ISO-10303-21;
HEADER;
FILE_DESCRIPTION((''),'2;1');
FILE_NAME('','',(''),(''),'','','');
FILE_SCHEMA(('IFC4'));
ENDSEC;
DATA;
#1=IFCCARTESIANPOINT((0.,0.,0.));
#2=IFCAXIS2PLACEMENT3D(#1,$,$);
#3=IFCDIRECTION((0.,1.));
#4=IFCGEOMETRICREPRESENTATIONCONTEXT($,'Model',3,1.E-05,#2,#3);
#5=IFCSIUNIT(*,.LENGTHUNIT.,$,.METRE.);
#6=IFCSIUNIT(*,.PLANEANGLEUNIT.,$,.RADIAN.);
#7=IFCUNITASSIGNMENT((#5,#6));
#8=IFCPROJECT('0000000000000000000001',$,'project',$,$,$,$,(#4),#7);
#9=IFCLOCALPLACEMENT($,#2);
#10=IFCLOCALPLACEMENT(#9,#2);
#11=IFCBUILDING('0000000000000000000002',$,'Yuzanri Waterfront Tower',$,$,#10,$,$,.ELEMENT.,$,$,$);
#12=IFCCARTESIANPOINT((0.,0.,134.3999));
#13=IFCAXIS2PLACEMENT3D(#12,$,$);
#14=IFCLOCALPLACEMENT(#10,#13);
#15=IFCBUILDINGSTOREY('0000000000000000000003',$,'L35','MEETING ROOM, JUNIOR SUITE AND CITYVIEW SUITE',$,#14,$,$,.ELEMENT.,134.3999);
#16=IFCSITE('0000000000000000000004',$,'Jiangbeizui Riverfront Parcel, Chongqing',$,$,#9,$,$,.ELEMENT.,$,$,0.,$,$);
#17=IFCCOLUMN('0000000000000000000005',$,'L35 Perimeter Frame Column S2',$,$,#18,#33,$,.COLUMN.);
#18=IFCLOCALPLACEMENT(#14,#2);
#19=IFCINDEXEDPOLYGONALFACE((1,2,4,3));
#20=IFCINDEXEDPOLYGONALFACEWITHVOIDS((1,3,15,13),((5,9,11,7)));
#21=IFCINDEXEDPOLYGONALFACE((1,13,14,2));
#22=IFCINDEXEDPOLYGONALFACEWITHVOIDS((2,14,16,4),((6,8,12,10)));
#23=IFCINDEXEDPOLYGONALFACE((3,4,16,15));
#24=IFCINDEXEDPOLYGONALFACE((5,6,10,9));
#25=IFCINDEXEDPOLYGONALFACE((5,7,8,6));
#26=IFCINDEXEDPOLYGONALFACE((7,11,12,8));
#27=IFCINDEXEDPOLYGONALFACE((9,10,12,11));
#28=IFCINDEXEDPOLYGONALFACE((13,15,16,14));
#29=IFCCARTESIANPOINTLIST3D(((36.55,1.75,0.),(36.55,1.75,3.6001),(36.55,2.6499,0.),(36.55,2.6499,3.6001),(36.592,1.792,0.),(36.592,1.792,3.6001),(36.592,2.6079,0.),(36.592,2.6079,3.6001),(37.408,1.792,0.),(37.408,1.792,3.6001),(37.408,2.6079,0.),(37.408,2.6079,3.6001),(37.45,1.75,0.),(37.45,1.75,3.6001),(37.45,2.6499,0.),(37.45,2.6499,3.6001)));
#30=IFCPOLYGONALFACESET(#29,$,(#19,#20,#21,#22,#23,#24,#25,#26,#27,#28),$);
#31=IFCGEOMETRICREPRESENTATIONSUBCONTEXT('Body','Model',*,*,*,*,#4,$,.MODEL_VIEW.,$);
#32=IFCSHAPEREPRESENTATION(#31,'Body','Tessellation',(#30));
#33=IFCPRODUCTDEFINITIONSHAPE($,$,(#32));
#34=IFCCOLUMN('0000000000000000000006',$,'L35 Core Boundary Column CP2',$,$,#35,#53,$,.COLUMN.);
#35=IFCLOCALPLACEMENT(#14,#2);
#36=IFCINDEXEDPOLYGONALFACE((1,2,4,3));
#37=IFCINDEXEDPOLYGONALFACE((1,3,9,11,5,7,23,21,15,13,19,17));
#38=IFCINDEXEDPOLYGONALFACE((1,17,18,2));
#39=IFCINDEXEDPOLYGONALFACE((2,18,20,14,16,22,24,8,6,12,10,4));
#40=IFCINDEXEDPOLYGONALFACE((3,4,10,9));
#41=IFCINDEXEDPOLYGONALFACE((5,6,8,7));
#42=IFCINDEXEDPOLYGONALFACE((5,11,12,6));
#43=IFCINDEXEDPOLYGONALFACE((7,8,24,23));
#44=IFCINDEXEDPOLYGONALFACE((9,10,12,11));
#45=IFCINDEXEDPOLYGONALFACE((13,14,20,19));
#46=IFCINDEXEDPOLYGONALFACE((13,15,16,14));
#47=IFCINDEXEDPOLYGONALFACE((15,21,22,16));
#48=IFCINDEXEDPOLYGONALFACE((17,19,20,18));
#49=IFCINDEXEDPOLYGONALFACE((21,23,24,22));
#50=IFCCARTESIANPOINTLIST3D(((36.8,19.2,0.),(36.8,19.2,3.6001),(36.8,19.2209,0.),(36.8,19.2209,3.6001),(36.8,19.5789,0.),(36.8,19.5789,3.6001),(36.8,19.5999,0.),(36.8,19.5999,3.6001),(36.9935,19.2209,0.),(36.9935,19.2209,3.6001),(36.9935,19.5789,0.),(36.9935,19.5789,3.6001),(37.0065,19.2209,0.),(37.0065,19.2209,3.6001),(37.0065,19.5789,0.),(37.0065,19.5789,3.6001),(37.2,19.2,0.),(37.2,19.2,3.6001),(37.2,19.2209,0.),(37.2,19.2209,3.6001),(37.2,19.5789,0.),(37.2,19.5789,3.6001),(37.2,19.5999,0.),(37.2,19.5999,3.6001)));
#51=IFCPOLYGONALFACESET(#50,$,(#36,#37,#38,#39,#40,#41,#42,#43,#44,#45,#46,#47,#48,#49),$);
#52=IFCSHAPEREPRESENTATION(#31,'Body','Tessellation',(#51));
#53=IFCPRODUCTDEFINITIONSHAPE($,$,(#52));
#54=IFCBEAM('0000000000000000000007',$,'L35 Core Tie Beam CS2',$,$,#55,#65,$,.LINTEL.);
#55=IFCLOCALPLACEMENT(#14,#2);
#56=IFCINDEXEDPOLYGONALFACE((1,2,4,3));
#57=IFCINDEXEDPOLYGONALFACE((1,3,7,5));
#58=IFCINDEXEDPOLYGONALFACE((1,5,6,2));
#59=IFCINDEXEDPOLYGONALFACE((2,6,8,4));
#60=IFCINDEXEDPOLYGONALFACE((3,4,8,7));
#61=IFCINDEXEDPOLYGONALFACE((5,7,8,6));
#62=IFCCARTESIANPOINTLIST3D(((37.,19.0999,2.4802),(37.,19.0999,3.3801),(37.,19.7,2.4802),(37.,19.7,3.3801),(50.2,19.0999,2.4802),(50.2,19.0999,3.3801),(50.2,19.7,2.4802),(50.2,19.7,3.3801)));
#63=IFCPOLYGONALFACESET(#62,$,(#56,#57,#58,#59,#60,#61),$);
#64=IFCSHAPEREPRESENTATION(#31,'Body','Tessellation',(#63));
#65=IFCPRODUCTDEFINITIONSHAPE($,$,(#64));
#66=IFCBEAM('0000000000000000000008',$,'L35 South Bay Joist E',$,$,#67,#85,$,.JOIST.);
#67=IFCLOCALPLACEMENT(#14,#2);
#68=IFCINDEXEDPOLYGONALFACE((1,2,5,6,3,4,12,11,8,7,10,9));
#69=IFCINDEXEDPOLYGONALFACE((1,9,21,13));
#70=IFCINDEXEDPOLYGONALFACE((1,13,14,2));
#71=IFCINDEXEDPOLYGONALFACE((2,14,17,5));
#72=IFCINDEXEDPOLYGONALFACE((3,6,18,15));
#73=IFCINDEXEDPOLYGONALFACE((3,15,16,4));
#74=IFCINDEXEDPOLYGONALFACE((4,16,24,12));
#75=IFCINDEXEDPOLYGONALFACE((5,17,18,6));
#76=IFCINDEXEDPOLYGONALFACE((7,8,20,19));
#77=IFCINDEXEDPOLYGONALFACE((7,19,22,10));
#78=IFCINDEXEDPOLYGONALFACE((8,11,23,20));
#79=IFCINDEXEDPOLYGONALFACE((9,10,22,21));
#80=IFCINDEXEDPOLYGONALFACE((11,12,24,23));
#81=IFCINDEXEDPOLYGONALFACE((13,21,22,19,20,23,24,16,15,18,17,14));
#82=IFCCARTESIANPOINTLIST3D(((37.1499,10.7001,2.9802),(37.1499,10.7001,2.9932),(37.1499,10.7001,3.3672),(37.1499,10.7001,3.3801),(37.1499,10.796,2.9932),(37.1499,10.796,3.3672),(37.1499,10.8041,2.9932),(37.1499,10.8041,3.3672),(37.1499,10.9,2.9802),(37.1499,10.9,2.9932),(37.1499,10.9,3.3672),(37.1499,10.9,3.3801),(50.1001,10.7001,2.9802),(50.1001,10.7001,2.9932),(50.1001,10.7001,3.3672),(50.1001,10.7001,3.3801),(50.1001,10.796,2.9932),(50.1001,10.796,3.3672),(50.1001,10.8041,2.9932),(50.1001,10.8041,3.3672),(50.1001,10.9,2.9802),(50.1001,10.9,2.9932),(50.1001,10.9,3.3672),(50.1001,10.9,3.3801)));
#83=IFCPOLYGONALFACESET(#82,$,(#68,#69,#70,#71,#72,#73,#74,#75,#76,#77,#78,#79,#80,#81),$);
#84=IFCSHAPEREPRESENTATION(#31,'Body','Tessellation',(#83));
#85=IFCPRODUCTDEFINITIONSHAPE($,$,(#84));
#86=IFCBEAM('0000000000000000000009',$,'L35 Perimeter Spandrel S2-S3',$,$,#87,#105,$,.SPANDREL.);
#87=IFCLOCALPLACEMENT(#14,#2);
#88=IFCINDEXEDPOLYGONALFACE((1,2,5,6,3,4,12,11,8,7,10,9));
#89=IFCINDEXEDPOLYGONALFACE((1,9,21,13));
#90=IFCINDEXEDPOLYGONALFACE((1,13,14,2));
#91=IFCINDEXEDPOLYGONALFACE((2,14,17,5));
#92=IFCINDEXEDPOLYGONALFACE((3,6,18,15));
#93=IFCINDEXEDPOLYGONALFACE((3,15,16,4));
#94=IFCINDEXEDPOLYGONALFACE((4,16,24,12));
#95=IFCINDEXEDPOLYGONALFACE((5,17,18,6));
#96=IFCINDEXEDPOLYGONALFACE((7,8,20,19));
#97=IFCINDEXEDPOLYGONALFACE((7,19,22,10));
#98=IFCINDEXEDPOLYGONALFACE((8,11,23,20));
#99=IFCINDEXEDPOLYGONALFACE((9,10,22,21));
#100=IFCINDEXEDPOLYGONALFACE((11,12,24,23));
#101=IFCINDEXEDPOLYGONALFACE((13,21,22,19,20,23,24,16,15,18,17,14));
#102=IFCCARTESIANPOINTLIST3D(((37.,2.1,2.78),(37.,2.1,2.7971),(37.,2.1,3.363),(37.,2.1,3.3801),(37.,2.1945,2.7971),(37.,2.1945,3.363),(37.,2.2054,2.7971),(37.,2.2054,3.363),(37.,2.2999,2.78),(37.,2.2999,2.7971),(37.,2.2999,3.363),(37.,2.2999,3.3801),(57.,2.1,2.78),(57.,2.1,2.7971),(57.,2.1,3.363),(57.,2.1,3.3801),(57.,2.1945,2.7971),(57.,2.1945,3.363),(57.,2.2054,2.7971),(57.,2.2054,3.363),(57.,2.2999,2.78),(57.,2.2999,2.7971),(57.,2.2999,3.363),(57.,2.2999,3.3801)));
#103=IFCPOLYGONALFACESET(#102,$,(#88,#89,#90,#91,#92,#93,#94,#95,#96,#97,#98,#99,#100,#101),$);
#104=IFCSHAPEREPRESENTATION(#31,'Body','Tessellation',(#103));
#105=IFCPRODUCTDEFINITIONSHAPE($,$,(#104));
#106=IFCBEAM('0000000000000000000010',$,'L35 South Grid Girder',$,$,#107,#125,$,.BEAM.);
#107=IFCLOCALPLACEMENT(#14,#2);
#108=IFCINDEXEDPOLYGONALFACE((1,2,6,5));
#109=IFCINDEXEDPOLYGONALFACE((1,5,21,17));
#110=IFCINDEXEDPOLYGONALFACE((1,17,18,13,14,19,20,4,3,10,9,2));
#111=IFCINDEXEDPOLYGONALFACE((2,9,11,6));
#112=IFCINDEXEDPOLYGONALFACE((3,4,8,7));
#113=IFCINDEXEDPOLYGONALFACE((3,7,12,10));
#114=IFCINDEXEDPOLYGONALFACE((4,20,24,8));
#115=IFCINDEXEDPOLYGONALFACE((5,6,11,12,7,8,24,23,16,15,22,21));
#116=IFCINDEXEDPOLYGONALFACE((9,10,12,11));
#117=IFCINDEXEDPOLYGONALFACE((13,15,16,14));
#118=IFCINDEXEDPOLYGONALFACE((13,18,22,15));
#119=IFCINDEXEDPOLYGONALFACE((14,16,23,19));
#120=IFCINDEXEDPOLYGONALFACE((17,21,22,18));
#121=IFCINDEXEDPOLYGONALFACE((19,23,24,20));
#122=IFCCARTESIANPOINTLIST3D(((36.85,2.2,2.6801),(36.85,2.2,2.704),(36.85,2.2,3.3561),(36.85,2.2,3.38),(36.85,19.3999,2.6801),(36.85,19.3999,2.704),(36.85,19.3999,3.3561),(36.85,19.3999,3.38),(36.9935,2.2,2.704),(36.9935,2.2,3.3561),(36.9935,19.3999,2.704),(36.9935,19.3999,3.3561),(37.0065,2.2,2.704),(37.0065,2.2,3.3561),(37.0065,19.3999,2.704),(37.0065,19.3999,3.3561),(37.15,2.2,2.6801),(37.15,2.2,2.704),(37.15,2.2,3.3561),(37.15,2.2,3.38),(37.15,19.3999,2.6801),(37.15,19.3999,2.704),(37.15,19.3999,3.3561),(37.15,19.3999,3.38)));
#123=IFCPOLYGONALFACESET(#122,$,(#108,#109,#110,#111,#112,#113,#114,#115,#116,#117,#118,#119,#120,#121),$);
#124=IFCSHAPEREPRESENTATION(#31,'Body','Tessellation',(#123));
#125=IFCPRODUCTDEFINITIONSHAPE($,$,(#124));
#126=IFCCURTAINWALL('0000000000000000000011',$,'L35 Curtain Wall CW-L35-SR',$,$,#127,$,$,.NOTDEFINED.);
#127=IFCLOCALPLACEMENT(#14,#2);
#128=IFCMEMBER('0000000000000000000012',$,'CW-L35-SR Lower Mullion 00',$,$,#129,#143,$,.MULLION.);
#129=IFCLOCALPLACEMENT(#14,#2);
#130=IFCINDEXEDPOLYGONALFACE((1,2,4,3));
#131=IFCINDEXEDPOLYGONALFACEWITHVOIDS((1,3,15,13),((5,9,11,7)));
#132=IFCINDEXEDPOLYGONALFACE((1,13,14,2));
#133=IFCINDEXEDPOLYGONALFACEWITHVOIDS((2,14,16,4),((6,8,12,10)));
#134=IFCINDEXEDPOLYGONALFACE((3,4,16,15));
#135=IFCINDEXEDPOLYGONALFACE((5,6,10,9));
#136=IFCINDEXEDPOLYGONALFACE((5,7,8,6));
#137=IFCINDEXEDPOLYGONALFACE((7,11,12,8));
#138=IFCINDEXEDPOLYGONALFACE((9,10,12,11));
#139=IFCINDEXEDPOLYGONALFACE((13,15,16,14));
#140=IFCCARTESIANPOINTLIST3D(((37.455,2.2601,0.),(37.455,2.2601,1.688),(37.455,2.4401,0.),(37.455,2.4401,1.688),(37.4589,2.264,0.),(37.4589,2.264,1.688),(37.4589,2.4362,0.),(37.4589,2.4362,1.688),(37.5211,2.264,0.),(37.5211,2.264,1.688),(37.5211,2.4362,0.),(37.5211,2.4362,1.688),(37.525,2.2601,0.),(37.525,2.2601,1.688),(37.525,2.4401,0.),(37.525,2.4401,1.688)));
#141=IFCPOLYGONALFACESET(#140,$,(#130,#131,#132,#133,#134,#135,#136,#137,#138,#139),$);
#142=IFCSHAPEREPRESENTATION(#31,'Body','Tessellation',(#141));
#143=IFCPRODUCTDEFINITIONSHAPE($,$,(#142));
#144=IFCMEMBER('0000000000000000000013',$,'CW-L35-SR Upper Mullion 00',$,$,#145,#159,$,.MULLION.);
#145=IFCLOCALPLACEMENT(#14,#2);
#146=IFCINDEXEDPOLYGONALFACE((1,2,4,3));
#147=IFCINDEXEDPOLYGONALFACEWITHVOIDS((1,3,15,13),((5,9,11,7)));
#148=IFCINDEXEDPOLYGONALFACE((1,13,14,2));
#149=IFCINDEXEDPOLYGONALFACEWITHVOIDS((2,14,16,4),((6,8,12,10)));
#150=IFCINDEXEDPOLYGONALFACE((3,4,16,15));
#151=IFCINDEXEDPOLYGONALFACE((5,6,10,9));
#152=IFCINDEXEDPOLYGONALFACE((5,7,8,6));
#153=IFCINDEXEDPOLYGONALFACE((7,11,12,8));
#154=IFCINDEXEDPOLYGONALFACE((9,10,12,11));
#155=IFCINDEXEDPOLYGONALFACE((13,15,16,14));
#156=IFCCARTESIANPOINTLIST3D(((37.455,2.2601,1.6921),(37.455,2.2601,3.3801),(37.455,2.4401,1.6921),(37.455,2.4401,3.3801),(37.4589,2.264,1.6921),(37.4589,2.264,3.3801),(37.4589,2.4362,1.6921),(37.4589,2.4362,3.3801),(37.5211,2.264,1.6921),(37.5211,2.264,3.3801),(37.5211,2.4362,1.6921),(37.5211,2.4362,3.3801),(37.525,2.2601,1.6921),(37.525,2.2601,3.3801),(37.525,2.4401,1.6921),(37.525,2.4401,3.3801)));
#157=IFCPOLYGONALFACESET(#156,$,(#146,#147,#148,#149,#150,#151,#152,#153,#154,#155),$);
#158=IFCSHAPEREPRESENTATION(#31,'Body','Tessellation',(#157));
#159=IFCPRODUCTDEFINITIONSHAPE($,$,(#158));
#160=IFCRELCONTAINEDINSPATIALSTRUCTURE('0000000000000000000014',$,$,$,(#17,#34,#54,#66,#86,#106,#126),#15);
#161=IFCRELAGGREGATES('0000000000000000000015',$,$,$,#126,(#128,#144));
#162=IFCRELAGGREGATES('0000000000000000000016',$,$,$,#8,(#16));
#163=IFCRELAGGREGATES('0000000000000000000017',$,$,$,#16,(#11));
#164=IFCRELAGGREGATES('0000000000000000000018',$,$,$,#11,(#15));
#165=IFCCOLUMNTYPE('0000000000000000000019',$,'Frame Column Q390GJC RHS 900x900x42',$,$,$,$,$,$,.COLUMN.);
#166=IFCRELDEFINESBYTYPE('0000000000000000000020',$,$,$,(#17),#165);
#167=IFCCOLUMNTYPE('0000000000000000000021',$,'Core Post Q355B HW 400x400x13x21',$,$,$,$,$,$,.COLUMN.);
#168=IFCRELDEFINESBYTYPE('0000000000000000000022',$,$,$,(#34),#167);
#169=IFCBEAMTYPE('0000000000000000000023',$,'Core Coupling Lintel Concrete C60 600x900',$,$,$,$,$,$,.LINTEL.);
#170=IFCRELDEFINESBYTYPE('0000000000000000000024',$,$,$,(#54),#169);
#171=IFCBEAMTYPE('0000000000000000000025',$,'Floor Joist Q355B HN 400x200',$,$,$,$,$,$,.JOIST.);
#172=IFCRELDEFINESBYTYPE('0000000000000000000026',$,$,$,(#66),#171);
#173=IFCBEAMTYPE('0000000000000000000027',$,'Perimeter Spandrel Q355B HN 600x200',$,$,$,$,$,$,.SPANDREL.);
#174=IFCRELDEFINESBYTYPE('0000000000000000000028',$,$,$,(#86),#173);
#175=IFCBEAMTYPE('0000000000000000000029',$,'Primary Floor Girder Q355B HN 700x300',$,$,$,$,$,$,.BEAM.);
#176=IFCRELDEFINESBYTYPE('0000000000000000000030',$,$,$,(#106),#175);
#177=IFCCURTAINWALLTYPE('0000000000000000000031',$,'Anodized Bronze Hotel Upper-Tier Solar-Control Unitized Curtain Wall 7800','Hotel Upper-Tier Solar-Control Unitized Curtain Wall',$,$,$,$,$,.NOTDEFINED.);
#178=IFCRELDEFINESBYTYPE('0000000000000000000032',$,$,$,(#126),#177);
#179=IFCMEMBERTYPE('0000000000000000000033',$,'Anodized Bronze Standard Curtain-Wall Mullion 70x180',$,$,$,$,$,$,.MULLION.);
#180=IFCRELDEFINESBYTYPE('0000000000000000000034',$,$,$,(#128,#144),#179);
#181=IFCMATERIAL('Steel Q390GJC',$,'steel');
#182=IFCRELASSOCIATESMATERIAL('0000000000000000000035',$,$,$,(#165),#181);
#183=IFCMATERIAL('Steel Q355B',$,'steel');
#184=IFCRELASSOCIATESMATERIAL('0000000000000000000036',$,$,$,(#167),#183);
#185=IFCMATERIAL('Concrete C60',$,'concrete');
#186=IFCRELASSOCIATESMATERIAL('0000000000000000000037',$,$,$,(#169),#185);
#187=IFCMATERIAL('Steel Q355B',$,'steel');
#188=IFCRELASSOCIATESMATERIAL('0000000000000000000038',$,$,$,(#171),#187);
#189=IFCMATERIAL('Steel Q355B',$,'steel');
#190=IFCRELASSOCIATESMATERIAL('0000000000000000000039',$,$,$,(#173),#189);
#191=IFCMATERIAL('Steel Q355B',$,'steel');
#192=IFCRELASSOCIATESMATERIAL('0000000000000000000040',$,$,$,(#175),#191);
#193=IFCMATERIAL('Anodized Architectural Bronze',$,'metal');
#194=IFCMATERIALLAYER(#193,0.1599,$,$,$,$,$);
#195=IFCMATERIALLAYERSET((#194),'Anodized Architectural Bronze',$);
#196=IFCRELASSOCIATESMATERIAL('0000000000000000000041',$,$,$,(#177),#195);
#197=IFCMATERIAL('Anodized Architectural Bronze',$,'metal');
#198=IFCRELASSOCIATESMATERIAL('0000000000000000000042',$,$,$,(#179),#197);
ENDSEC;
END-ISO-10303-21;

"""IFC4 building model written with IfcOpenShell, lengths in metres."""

from ifc_helpers import new_model, si_unit, direction, frame, origin, origin_2d, place, context, subcontext, project, spatial, rectangle, hollow_rectangle, i_section, extrude, source, transform, mapped, material, layer, layer_set, material_profile, profile_set, type_object, element, aggregate, save


model = new_model("IFC4")

# Units and contexts
model_context = context("Model", 3, precision=1e-05, world=origin(), true_north=direction((0.0, 1.0)))
body_context = subcontext(model_context, "Body", "Model", "MODEL_VIEW")
ifc_project = project(units=[si_unit("LENGTHUNIT", "METRE"), si_unit("PLANEANGLEUNIT", "RADIAN")], contexts=[model_context])

# Site, building, storey
site_placement = place(None, origin())
site = spatial("IfcSite", under=ifc_project, at=site_placement, Name="Jiangbeizui Riverfront Parcel, Chongqing", CompositionType="ELEMENT", RefElevation=0.0)
building_placement = place(site_placement, origin())
building = spatial("IfcBuilding", under=site, at=building_placement, Name="Yuzanri Waterfront Tower", CompositionType="ELEMENT")
storey_placement = place(building_placement, frame((0.0, 0.0, 134.3999)))
storey = spatial("IfcBuildingStorey", under=building, at=storey_placement, Name="L35", Description="MEETING ROOM, JUNIOR SUITE AND CITYVIEW SUITE", CompositionType="ELEMENT", Elevation=134.3999)

# Columns
ifc_material_1 = material(Name="Steel Q390GJC", Category="steel")
ifc_material_profile_1 = material_profile(ifc_material_1, hollow_rectangle(XDim=0.8999, YDim=0.8999, WallThickness=0.042, at=origin_2d()), Name="RHS 900x900x42")
ifc_profile_set_1 = profile_set([ifc_material_profile_1], Name="Steel Q390GJC")
column_type_1 = type_object("IfcColumnType", Name="Frame Column Q390GJC RHS 900x900x42", PredefinedType="COLUMN", material=ifc_profile_set_1)
shared_shape_1 = source(origin(), body_context, "Body", "SweptSolid", [
    extrude(hollow_rectangle(XDim=0.8999, YDim=0.8999, WallThickness=0.042, at=origin_2d()), origin(), (0.0, 0.0, 1.0), 3.6001),
])
column_1_placement = place(storey_placement, frame((37.0, 2.2, 0.0), z_axis=(0.0, 0.0, 1.0), x_axis=(1.0, 0.0, 0.0)))
element("IfcColumn", 1, at=column_1_placement, inside=storey, type_object=column_type_1, Name="L35 Perimeter Frame Column S2", PredefinedType="COLUMN", context=body_context, shape_type="MappedRepresentation", body=[
    mapped(shared_shape_1, transform((0.0, 0.0, 0.0), scale=1.0)),
])
ifc_material_2 = material(Name="Steel Q355B", Category="steel")
ifc_material_profile_2 = material_profile(ifc_material_2, i_section(OverallWidth=0.3999, OverallDepth=0.3999, WebThickness=0.0129, FlangeThickness=0.021, at=origin_2d()), Name="HW 400x400x13x21")
ifc_profile_set_2 = profile_set([ifc_material_profile_2], Name="Steel Q355B")
column_type_2 = type_object("IfcColumnType", Name="Core Post Q355B HW 400x400x13x21", PredefinedType="COLUMN", material=ifc_profile_set_2)
shared_shape_2 = source(origin(), body_context, "Body", "SweptSolid", [
    extrude(i_section(OverallWidth=0.3999, OverallDepth=0.3999, WebThickness=0.0129, FlangeThickness=0.021, at=origin_2d()), origin(), (0.0, 0.0, 1.0), 3.6001),
])
column_2_placement = place(storey_placement, frame((37.0, 19.3999, 0.0), z_axis=(0.0, 0.0, 1.0), x_axis=(1.0, 0.0, 0.0)))
element("IfcColumn", 2, at=column_2_placement, inside=storey, type_object=column_type_2, Name="L35 Core Boundary Column CP2", PredefinedType="COLUMN", context=body_context, shape_type="MappedRepresentation", body=[
    mapped(shared_shape_2, transform((0.0, 0.0, 0.0), scale=1.0)),
])

# Beams
ifc_material_3 = material(Name="Concrete C60", Category="concrete")
ifc_material_profile_3 = material_profile(ifc_material_3, rectangle(XDim=0.6001, YDim=0.8999, at=origin_2d()), Name="RC 600x900")
ifc_profile_set_3 = profile_set([ifc_material_profile_3], Name="Concrete C60")
beam_type_1 = type_object("IfcBeamType", Name="Core Coupling Lintel Concrete C60 600x900", PredefinedType="LINTEL", material=ifc_profile_set_3)
shared_shape_3 = source(origin(), body_context, "Body", "SweptSolid", [
    extrude(rectangle(XDim=0.6001, YDim=0.8999, at=origin_2d()), origin(), (0.0, 0.0, 1.0), 13.2),
])
beam_1_placement = place(storey_placement, frame((37.0, 19.3999, 2.9302), z_axis=(1.0, 0.0, 0.0), x_axis=(0.0, 1.0, 0.0)))
element("IfcBeam", 3, at=beam_1_placement, inside=storey, type_object=beam_type_1, Name="L35 Core Tie Beam CS2", PredefinedType="LINTEL", context=body_context, shape_type="MappedRepresentation", body=[
    mapped(shared_shape_3, transform((0.0, 0.0, 0.0), scale=1.0)),
])
ifc_material_4 = material(Name="Steel Q355B", Category="steel")
ifc_material_profile_4 = material_profile(ifc_material_4, i_section(OverallWidth=0.2, OverallDepth=0.3999, WebThickness=0.0081, FlangeThickness=0.0129, at=origin_2d()), Name="HN 400x200x8x13")
ifc_profile_set_4 = profile_set([ifc_material_profile_4], Name="Steel Q355B")
beam_type_2 = type_object("IfcBeamType", Name="Floor Joist Q355B HN 400x200", PredefinedType="JOIST", material=ifc_profile_set_4)
shared_shape_4 = source(origin(), body_context, "Body", "SweptSolid", [
    extrude(i_section(OverallWidth=0.2, OverallDepth=0.3999, WebThickness=0.0081, FlangeThickness=0.0129, at=origin_2d()), origin(), (0.0, 0.0, 1.0), 12.9502),
])
beam_2_placement = place(storey_placement, frame((37.1499, 10.8, 3.1802), z_axis=(1.0, 0.0, 0.0), x_axis=(0.0, 1.0, 0.0)))
element("IfcBeam", 4, at=beam_2_placement, inside=storey, type_object=beam_type_2, Name="L35 South Bay Joist E", PredefinedType="JOIST", context=body_context, shape_type="MappedRepresentation", body=[
    mapped(shared_shape_4, transform((0.0, 0.0, 0.0), scale=1.0)),
])
ifc_material_5 = material(Name="Steel Q355B", Category="steel")
ifc_material_profile_5 = material_profile(ifc_material_5, i_section(OverallWidth=0.2, OverallDepth=0.6001, WebThickness=0.011, FlangeThickness=0.0171, at=origin_2d()), Name="HN 600x200x11x17")
ifc_profile_set_5 = profile_set([ifc_material_profile_5], Name="Steel Q355B")
beam_type_3 = type_object("IfcBeamType", Name="Perimeter Spandrel Q355B HN 600x200", PredefinedType="SPANDREL", material=ifc_profile_set_5)
shared_shape_5 = source(origin(), body_context, "Body", "SweptSolid", [
    extrude(i_section(OverallWidth=0.2, OverallDepth=0.6001, WebThickness=0.011, FlangeThickness=0.0171, at=origin_2d()), origin(), (0.0, 0.0, 1.0), 20.0),
])
beam_3_placement = place(storey_placement, frame((37.0, 2.2, 3.0801), z_axis=(1.0, 0.0, 0.0), x_axis=(0.0, 1.0, 0.0)))
element("IfcBeam", 5, at=beam_3_placement, inside=storey, type_object=beam_type_3, Name="L35 Perimeter Spandrel S2-S3", PredefinedType="SPANDREL", context=body_context, shape_type="MappedRepresentation", body=[
    mapped(shared_shape_5, transform((0.0, 0.0, 0.0), scale=1.0)),
])
ifc_material_6 = material(Name="Steel Q355B", Category="steel")
ifc_material_profile_6 = material_profile(ifc_material_6, i_section(OverallWidth=0.3, OverallDepth=0.7, WebThickness=0.0129, FlangeThickness=0.0239, at=origin_2d()), Name="HN 700x300x13x24")
ifc_profile_set_6 = profile_set([ifc_material_profile_6], Name="Steel Q355B")
beam_type_4 = type_object("IfcBeamType", Name="Primary Floor Girder Q355B HN 700x300", PredefinedType="BEAM", material=ifc_profile_set_6)
shared_shape_6 = source(origin(), body_context, "Body", "SweptSolid", [
    extrude(i_section(OverallWidth=0.3, OverallDepth=0.7, WebThickness=0.0129, FlangeThickness=0.0239, at=origin_2d()), origin(), (0.0, 0.0, 1.0), 17.2),
])
beam_4_placement = place(storey_placement, frame((37.0, 19.3999, 3.03), z_axis=(0.0, -1.0, 0.0), x_axis=(1.0, 0.0, 0.0)))
element("IfcBeam", 6, at=beam_4_placement, inside=storey, type_object=beam_type_4, Name="L35 South Grid Girder", PredefinedType="BEAM", context=body_context, shape_type="MappedRepresentation", body=[
    mapped(shared_shape_6, transform((0.0, 0.0, 0.0), scale=1.0)),
])

# Curtain wall, members
ifc_material_7 = material(Name="Anodized Architectural Bronze", Category="metal")
ifc_layer_1 = layer(ifc_material_7, 0.1599)
ifc_layer_set_1 = layer_set([ifc_layer_1], Name="Anodized Architectural Bronze")
curtain_wall_type = type_object("IfcCurtainWallType", Name="Anodized Bronze Hotel Upper-Tier Solar-Control Unitized Curtain Wall 7800", Description="Hotel Upper-Tier Solar-Control Unitized Curtain Wall", PredefinedType="NOTDEFINED", material=ifc_layer_set_1)
curtain_wall_placement = place(storey_placement, origin())
curtain_wall = element("IfcCurtainWall", 7, at=curtain_wall_placement, inside=storey, type_object=curtain_wall_type, Name="L35 Curtain Wall CW-L35-SR", PredefinedType="NOTDEFINED")
ifc_material_8 = material(Name="Anodized Architectural Bronze", Category="metal")
ifc_material_profile_7 = material_profile(ifc_material_8, hollow_rectangle(XDim=0.0701, YDim=0.1799, WallThickness=0.0039, at=origin_2d()), Name="CWM 70x180")
ifc_profile_set_7 = profile_set([ifc_material_profile_7], Name="Anodized Architectural Bronze")
member_type_1 = type_object("IfcMemberType", Name="Anodized Bronze Standard Curtain-Wall Mullion 70x180", PredefinedType="MULLION", material=ifc_profile_set_7)
shared_shape_7 = source(origin(), body_context, "Body", "SweptSolid", [
    extrude(hollow_rectangle(XDim=0.0701, YDim=0.1799, WallThickness=0.0039, at=origin_2d()), origin(), (0.0, 0.0, 1.0), 1.688),
])
member_1_placement = place(storey_placement, frame((37.49, 2.3501, 0.0), z_axis=(0.0, 0.0, 1.0), x_axis=(1.0, 0.0, 0.0)))
member_1 = element("IfcMember", 8, at=member_1_placement, type_object=member_type_1, Name="CW-L35-SR Lower Mullion 00", PredefinedType="MULLION", context=body_context, shape_type="MappedRepresentation", body=[
    mapped(shared_shape_7, transform((0.0, 0.0, 0.0), scale=1.0)),
])
member_2_placement = place(storey_placement, frame((37.49, 2.3501, 1.6921), z_axis=(0.0, 0.0, 1.0), x_axis=(1.0, 0.0, 0.0)))
member_2 = element("IfcMember", 9, at=member_2_placement, type_object=member_type_1, Name="CW-L35-SR Upper Mullion 00", PredefinedType="MULLION", context=body_context, shape_type="MappedRepresentation", body=[
    mapped(shared_shape_7, transform((0.0, 0.0, 0.0), scale=1.0)),
])
aggregate(curtain_wall, [member_1, member_2])

save(model, "model.ifc")
